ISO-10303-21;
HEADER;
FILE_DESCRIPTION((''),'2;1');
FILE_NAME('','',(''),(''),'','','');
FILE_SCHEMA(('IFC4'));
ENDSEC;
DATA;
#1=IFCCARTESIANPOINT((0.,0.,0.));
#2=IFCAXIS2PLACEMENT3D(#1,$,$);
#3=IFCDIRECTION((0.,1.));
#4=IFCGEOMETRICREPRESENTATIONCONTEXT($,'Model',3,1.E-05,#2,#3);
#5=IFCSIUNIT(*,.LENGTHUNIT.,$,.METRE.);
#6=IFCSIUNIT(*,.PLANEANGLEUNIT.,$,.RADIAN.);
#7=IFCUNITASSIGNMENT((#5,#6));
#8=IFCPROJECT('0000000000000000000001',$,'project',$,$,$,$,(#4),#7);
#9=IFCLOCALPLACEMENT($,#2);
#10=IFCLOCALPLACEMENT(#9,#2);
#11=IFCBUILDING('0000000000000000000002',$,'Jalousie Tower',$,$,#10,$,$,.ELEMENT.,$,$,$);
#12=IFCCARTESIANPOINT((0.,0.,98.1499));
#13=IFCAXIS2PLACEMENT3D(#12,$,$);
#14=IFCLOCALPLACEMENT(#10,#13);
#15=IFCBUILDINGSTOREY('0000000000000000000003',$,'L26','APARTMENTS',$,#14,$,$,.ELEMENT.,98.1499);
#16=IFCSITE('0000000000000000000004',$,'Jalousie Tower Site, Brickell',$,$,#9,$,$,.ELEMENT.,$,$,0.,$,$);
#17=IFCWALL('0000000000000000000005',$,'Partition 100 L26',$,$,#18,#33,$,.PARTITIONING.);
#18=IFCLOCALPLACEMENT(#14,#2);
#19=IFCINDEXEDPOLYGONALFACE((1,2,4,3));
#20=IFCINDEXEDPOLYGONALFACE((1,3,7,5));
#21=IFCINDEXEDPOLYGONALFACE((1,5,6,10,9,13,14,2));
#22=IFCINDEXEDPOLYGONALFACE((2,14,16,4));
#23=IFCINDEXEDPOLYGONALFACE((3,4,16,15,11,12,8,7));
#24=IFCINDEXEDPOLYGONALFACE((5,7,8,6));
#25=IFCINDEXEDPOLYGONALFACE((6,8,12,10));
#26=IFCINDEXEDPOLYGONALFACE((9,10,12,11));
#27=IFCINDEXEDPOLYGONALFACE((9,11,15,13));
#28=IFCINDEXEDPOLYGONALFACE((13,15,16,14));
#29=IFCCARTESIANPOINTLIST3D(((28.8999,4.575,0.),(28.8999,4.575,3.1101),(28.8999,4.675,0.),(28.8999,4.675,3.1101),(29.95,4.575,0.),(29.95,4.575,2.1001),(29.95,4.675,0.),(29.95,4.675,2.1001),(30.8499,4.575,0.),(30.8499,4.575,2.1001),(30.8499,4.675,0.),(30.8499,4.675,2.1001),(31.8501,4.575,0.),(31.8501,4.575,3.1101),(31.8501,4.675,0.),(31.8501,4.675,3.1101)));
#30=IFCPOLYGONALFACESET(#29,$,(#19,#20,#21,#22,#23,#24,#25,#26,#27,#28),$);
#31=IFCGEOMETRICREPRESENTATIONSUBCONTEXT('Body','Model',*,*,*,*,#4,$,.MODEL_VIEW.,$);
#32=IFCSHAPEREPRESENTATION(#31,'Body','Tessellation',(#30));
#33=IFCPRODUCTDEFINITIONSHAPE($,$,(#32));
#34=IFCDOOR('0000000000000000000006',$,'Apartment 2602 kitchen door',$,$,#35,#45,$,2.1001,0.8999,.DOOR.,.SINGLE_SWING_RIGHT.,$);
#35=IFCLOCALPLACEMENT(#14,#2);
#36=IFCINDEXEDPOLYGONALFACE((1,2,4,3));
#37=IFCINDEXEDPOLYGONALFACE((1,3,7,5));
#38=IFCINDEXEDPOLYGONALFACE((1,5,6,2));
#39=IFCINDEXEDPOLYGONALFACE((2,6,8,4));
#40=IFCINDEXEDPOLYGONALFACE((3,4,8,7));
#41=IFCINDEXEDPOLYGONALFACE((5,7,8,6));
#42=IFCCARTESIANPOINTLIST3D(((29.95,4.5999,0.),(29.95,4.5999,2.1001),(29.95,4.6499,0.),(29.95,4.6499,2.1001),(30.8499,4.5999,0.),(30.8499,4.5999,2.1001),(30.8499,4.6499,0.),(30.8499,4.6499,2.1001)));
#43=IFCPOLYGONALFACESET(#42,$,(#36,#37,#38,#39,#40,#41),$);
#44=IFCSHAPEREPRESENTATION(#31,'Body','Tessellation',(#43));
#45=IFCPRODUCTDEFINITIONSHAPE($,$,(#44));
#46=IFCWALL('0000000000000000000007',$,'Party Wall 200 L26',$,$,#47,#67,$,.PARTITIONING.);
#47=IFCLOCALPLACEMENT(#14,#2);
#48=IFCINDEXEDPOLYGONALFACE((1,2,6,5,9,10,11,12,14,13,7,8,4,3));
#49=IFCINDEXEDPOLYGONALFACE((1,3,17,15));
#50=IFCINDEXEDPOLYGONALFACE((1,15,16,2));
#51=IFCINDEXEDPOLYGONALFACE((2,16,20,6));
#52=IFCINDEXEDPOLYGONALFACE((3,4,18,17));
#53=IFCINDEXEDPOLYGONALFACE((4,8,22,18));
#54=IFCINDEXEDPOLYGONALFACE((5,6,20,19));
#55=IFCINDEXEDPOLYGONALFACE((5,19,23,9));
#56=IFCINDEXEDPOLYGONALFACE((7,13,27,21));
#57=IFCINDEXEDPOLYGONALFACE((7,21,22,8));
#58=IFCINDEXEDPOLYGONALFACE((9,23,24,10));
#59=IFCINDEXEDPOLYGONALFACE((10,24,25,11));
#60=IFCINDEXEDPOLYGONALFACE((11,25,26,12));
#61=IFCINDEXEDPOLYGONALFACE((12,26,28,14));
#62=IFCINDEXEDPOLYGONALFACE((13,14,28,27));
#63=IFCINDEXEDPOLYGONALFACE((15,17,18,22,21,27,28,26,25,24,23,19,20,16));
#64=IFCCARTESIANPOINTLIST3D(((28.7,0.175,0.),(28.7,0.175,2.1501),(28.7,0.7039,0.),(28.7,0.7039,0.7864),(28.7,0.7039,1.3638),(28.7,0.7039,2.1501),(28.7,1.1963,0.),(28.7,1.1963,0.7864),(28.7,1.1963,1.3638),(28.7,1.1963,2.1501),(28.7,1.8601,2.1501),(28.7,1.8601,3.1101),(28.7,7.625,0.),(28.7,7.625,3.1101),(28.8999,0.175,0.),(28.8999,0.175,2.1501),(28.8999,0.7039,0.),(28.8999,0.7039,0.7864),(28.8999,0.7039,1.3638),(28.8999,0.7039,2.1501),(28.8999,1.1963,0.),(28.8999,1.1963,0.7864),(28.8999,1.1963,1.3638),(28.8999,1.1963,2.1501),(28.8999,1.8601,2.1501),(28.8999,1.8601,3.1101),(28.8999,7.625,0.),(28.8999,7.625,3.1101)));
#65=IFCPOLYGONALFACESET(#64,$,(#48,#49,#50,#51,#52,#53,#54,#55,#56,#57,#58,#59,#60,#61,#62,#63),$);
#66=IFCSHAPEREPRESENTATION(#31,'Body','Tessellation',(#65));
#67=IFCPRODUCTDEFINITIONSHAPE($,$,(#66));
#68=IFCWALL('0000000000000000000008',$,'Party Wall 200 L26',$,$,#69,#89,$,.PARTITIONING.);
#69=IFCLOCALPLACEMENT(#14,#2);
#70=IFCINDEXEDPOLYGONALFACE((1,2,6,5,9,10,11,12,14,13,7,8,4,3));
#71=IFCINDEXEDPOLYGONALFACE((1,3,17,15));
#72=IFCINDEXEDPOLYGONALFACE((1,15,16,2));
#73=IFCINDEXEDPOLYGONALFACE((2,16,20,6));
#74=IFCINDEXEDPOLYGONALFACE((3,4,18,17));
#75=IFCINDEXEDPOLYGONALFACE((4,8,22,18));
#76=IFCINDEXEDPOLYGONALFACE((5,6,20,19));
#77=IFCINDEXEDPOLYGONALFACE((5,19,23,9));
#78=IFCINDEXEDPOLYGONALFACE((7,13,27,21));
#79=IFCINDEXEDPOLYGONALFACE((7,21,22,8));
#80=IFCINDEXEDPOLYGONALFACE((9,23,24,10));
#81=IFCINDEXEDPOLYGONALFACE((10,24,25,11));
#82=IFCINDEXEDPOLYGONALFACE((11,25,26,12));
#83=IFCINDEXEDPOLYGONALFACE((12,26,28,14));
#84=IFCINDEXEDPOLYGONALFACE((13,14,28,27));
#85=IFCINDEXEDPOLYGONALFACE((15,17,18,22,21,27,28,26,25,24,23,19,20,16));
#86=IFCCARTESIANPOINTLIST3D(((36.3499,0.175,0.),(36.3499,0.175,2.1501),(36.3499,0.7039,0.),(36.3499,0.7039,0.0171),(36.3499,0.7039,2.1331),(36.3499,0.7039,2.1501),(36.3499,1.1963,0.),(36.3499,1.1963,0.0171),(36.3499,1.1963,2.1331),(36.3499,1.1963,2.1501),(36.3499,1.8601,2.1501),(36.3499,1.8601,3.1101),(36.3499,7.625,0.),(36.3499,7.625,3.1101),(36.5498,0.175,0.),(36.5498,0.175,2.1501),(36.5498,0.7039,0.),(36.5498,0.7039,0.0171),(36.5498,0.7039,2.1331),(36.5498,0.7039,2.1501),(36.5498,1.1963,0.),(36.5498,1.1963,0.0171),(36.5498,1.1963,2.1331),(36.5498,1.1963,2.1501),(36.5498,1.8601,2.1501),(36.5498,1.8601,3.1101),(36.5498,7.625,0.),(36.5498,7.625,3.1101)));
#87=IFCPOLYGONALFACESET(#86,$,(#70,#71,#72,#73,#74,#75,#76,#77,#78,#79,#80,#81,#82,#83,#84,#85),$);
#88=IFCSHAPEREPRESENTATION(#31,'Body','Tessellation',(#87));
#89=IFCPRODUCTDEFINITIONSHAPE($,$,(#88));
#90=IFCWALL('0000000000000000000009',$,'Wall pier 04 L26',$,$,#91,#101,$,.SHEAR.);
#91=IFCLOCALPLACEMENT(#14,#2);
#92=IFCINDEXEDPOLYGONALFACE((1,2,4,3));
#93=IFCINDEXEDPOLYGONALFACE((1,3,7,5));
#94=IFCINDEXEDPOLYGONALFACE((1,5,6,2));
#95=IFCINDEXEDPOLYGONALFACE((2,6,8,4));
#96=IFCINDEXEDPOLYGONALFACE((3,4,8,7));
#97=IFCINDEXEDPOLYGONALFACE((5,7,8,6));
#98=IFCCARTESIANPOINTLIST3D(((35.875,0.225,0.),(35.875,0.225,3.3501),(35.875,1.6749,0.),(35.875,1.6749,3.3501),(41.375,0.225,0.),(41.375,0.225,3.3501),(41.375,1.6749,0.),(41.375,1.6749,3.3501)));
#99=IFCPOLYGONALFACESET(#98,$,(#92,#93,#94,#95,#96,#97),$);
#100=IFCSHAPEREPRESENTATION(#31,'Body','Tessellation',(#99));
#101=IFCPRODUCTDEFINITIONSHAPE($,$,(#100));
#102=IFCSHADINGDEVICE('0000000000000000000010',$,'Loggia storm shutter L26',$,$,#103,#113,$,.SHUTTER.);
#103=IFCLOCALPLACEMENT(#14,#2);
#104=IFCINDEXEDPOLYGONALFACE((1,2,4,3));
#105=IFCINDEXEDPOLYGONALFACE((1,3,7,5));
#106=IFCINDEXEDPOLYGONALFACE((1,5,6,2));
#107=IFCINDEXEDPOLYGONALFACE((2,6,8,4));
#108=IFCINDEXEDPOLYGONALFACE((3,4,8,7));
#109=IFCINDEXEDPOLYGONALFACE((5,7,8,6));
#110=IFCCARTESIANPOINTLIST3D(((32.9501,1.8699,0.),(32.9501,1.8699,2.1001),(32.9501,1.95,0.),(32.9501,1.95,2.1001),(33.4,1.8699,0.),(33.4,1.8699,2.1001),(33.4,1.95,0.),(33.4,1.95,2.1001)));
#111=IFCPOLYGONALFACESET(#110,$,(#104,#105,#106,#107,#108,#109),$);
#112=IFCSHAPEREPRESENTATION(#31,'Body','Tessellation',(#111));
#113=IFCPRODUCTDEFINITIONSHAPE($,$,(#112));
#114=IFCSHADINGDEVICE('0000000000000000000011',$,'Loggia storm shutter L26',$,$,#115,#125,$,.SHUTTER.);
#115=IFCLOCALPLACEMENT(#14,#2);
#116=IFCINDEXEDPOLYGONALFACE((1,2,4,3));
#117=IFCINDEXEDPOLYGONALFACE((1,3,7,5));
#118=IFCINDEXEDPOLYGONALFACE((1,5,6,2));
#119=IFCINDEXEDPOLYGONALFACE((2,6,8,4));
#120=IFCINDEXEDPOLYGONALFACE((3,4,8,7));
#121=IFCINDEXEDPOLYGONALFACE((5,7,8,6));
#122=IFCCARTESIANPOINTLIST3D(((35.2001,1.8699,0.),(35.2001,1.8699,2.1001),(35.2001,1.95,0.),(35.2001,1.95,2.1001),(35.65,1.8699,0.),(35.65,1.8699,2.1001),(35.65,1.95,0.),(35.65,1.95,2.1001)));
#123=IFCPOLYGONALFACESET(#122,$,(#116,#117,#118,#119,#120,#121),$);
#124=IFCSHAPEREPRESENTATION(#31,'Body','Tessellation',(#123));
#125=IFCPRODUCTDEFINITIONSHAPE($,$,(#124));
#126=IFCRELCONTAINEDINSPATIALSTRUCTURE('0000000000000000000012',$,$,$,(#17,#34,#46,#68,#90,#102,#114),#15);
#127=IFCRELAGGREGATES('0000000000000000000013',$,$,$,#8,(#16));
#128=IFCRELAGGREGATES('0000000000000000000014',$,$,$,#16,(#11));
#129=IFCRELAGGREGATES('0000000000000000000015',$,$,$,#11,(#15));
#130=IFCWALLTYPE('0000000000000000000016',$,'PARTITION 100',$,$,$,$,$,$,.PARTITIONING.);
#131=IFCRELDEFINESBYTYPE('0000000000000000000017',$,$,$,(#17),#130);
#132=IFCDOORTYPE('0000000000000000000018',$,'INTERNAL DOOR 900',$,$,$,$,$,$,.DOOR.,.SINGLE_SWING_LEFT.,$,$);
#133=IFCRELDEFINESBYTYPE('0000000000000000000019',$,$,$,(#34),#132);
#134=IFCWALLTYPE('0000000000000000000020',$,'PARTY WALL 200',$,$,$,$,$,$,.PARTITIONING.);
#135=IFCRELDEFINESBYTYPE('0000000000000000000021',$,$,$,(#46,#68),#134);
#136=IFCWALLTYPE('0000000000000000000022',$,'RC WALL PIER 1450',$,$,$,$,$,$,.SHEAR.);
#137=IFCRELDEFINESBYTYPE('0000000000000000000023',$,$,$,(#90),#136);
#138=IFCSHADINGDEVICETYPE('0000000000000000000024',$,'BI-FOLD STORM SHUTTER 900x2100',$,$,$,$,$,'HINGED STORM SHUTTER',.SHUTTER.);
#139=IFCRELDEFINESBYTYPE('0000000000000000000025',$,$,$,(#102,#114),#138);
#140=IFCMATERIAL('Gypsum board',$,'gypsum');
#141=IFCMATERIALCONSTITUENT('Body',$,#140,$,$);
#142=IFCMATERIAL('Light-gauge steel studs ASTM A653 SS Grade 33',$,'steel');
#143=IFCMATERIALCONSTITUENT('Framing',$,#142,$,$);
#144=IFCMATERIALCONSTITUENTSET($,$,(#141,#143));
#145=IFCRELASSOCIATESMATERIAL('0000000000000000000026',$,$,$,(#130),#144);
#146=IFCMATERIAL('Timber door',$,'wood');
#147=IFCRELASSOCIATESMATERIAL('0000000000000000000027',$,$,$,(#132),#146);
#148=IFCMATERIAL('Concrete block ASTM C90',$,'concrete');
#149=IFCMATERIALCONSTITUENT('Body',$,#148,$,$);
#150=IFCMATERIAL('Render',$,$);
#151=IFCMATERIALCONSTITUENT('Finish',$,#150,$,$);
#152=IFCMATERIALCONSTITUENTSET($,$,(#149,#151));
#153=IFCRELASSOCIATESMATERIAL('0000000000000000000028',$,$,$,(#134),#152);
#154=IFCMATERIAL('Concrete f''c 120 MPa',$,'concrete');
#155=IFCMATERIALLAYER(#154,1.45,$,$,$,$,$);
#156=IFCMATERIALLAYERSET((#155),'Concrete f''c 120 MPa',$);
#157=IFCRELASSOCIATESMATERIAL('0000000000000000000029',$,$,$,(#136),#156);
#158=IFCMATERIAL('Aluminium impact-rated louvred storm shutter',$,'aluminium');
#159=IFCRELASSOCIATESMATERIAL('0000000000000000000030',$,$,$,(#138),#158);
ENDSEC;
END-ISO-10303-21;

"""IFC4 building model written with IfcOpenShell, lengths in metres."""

from ifc_helpers import new_model, si_unit, direction, frame, frame_2d, origin, origin_2d, place, context, subcontext, project, spatial, polyline, rectangle, outline, extrude, material, layer, layer_set, constituent, constituent_set, type_object, element, fill, save


model = new_model("IFC4")

# Units and contexts
model_context = context("Model", 3, precision=1e-05, world=origin(), true_north=direction((0.0, 1.0)))
body_context = subcontext(model_context, "Body", "Model", "MODEL_VIEW")
ifc_project = project(units=[si_unit("LENGTHUNIT", "METRE"), si_unit("PLANEANGLEUNIT", "RADIAN")], contexts=[model_context])

# Site, building, storey
site_placement = place(None, origin())
site = spatial("IfcSite", under=ifc_project, at=site_placement, Name="Jalousie Tower Site, Brickell", CompositionType="ELEMENT", RefElevation=0.0)
building_placement = place(site_placement, origin())
building = spatial("IfcBuilding", under=site, at=building_placement, Name="Jalousie Tower", CompositionType="ELEMENT")
storey_placement = place(building_placement, frame((0.0, 0.0, 98.1499)))
storey = spatial("IfcBuildingStorey", under=building, at=storey_placement, Name="L26", Description="APARTMENTS", CompositionType="ELEMENT", Elevation=98.1499)

# Wall, opening, door
ifc_material_1 = material(Name="Gypsum board", Category="gypsum")
ifc_constituent_1 = constituent(ifc_material_1, Name="Body")
ifc_material_2 = material(Name="Light-gauge steel studs ASTM A653 SS Grade 33", Category="steel")
ifc_constituent_2 = constituent(ifc_material_2, Name="Framing")
ifc_constituent_set_1 = constituent_set(constituents=[ifc_constituent_1, ifc_constituent_2])
wall_type_1 = type_object("IfcWallType", Name="PARTITION 100", PredefinedType="PARTITIONING", material=ifc_constituent_set_1)
wall_1_placement = place(storey_placement, frame((28.8999, 4.625, 0.0), z_axis=(0.0, 0.0, 1.0), x_axis=(1.0, 0.0, 0.0)))
wall_1 = element("IfcWall", 1, at=wall_1_placement, inside=storey, type_object=wall_type_1, Name="Partition 100 L26", PredefinedType="PARTITIONING", context=body_context, shape_type="SweptSolid", body=[
    extrude(rectangle(XDim=2.9502, YDim=0.1001, at=frame_2d((1.4751, 0.0))), origin(), (0.0, 0.0, 1.0), 3.1101),
])
opening_1_placement = place(wall_1_placement, frame((1.05, 0.0, 0.0)))
opening_1 = element("IfcOpeningElement", 2, at=opening_1_placement, cuts=wall_1, PredefinedType="OPENING", context=body_context, shape_type="SweptSolid", body=[
    extrude(rectangle(XDim=0.8999, YDim=2.1001, at=frame_2d((0.45, 1.05))), frame((0.0, 0.0601, 0.0), z_axis=(0.0, -1.0, 0.0), x_axis=(1.0, 0.0, 0.0)), (0.0, 0.0, 1.0), 0.1201),
])
ifc_material_3 = material(Name="Timber door", Category="wood")
door_type_1 = type_object("IfcDoorType", Name="INTERNAL DOOR 900", OperationType="SINGLE_SWING_LEFT", PredefinedType="DOOR", material=ifc_material_3)
door_1_placement = place(opening_1_placement, origin())
door_1 = element("IfcDoor", 3, at=door_1_placement, inside=storey, type_object=door_type_1, Name="Apartment 2602 kitchen door", OperationType="SINGLE_SWING_RIGHT", OverallHeight=2.1001, OverallWidth=0.8999, PredefinedType="DOOR", context=body_context, shape_type="SweptSolid", body=[
    extrude(rectangle(XDim=0.8999, YDim=2.1001, at=frame_2d((0.45, 1.05))), frame((0.0, 0.0249, 0.0), z_axis=(0.0, -1.0, 0.0), x_axis=(1.0, 0.0, 0.0)), (0.0, 0.0, 1.0), 0.05),
])
fill(opening_1, door_1)

# Walls
ifc_material_4 = material(Name="Concrete block ASTM C90", Category="concrete")
ifc_constituent_3 = constituent(ifc_material_4, Name="Body")
ifc_material_5 = material(Name="Render")
ifc_constituent_4 = constituent(ifc_material_5, Name="Finish")
ifc_constituent_set_2 = constituent_set(constituents=[ifc_constituent_3, ifc_constituent_4])
wall_type_2 = type_object("IfcWallType", Name="PARTY WALL 200", PredefinedType="PARTITIONING", material=ifc_constituent_set_2)
wall_2_placement = place(storey_placement, frame((28.8, 0.175, 0.0), z_axis=(0.0, 0.0, 1.0), x_axis=(0.0, 1.0, 0.0)))
element("IfcWall", 4, at=wall_2_placement, inside=storey, type_object=wall_type_2, Name="Party Wall 200 L26", PredefinedType="PARTITIONING", context=body_context, shape_type="SweptSolid", body=[
    extrude(outline(polyline([(0.5288, 2.1501), (0.0, 2.1501), (0.0, 0.0), (0.5288, 0.0), (0.5288, 0.7864), (1.0212, 0.7864), (1.0212, 0.0), (7.45, 0.0), (7.45, 3.1101), (1.6851, 3.1101), (1.6851, 2.1501), (1.0212, 2.1501), (1.0212, 1.3638), (0.5288, 1.3638), (0.5288, 2.1501)])), frame((0.0, 0.1001, 0.0), z_axis=(0.0, -1.0, 0.0), x_axis=(1.0, 0.0, 0.0)), (0.0, 0.0, 1.0), 0.2),
])
wall_3_placement = place(storey_placement, frame((36.45, 0.175, 0.0), z_axis=(0.0, 0.0, 1.0), x_axis=(0.0, 1.0, 0.0)))
element("IfcWall", 5, at=wall_3_placement, inside=storey, type_object=wall_type_2, Name="Party Wall 200 L26", PredefinedType="PARTITIONING", context=body_context, shape_type="SweptSolid", body=[
    extrude(outline(polyline([(0.5288, 2.1501), (0.0, 2.1501), (0.0, 0.0), (0.5288, 0.0), (0.5288, 0.0171), (1.0212, 0.0171), (1.0212, 0.0), (7.45, 0.0), (7.45, 3.1101), (1.6851, 3.1101), (1.6851, 2.1501), (1.0212, 2.1501), (1.0212, 2.1331), (0.5288, 2.1331), (0.5288, 2.1501)])), frame((0.0, 0.1001, 0.0), z_axis=(0.0, -1.0, 0.0), x_axis=(1.0, 0.0, 0.0)), (0.0, 0.0, 1.0), 0.2),
])
ifc_material_6 = material(Name="Concrete f'c 120 MPa", Category="concrete")
ifc_layer_1 = layer(ifc_material_6, 1.45)
ifc_layer_set_1 = layer_set([ifc_layer_1], Name="Concrete f'c 120 MPa")
wall_type_3 = type_object("IfcWallType", Name="RC WALL PIER 1450", PredefinedType="SHEAR", material=ifc_layer_set_1)
wall_4_placement = place(storey_placement, frame((35.875, 0.95, 0.0), z_axis=(0.0, 0.0, 1.0), x_axis=(1.0, 0.0, 0.0)))
element("IfcWall", 6, at=wall_4_placement, inside=storey, type_object=wall_type_3, Name="Wall pier 04 L26", PredefinedType="SHEAR", context=body_context, shape_type="SweptSolid", body=[
    extrude(rectangle(XDim=5.5, YDim=1.45, at=frame_2d((2.75, 0.0))), origin(), (0.0, 0.0, 1.0), 3.3501),
])

# Shading devices
ifc_material_7 = material(Name="Aluminium impact-rated louvred storm shutter", Category="aluminium")
shading_device_type_1 = type_object("IfcShadingDeviceType", Name="BI-FOLD STORM SHUTTER 900x2100", ElementType="HINGED STORM SHUTTER", PredefinedType="SHUTTER", material=ifc_material_7)
for number, where, z_axis, x_axis, name in (
    (7, (33.175, 1.9099, 0.0), (0.0, 0.0, 1.0), (1.0, 0.0, 0.0), "Loggia storm shutter L26"),
    (8, (35.425, 1.9099, 0.0), (0.0, 0.0, 1.0), (1.0, 0.0, 0.0), "Loggia storm shutter L26"),
):
    element("IfcShadingDevice", number, at=place(storey_placement, frame(where, z_axis=z_axis, x_axis=x_axis)), inside=storey, type_object=shading_device_type_1, Name=name, PredefinedType="SHUTTER", context=body_context, shape_type="SweptSolid", body=[
        extrude(rectangle(XDim=0.45, YDim=0.0801, at=origin_2d()), origin(), (0.0, 0.0, 1.0), 2.1001),
    ])

save(model, "model.ifc")
